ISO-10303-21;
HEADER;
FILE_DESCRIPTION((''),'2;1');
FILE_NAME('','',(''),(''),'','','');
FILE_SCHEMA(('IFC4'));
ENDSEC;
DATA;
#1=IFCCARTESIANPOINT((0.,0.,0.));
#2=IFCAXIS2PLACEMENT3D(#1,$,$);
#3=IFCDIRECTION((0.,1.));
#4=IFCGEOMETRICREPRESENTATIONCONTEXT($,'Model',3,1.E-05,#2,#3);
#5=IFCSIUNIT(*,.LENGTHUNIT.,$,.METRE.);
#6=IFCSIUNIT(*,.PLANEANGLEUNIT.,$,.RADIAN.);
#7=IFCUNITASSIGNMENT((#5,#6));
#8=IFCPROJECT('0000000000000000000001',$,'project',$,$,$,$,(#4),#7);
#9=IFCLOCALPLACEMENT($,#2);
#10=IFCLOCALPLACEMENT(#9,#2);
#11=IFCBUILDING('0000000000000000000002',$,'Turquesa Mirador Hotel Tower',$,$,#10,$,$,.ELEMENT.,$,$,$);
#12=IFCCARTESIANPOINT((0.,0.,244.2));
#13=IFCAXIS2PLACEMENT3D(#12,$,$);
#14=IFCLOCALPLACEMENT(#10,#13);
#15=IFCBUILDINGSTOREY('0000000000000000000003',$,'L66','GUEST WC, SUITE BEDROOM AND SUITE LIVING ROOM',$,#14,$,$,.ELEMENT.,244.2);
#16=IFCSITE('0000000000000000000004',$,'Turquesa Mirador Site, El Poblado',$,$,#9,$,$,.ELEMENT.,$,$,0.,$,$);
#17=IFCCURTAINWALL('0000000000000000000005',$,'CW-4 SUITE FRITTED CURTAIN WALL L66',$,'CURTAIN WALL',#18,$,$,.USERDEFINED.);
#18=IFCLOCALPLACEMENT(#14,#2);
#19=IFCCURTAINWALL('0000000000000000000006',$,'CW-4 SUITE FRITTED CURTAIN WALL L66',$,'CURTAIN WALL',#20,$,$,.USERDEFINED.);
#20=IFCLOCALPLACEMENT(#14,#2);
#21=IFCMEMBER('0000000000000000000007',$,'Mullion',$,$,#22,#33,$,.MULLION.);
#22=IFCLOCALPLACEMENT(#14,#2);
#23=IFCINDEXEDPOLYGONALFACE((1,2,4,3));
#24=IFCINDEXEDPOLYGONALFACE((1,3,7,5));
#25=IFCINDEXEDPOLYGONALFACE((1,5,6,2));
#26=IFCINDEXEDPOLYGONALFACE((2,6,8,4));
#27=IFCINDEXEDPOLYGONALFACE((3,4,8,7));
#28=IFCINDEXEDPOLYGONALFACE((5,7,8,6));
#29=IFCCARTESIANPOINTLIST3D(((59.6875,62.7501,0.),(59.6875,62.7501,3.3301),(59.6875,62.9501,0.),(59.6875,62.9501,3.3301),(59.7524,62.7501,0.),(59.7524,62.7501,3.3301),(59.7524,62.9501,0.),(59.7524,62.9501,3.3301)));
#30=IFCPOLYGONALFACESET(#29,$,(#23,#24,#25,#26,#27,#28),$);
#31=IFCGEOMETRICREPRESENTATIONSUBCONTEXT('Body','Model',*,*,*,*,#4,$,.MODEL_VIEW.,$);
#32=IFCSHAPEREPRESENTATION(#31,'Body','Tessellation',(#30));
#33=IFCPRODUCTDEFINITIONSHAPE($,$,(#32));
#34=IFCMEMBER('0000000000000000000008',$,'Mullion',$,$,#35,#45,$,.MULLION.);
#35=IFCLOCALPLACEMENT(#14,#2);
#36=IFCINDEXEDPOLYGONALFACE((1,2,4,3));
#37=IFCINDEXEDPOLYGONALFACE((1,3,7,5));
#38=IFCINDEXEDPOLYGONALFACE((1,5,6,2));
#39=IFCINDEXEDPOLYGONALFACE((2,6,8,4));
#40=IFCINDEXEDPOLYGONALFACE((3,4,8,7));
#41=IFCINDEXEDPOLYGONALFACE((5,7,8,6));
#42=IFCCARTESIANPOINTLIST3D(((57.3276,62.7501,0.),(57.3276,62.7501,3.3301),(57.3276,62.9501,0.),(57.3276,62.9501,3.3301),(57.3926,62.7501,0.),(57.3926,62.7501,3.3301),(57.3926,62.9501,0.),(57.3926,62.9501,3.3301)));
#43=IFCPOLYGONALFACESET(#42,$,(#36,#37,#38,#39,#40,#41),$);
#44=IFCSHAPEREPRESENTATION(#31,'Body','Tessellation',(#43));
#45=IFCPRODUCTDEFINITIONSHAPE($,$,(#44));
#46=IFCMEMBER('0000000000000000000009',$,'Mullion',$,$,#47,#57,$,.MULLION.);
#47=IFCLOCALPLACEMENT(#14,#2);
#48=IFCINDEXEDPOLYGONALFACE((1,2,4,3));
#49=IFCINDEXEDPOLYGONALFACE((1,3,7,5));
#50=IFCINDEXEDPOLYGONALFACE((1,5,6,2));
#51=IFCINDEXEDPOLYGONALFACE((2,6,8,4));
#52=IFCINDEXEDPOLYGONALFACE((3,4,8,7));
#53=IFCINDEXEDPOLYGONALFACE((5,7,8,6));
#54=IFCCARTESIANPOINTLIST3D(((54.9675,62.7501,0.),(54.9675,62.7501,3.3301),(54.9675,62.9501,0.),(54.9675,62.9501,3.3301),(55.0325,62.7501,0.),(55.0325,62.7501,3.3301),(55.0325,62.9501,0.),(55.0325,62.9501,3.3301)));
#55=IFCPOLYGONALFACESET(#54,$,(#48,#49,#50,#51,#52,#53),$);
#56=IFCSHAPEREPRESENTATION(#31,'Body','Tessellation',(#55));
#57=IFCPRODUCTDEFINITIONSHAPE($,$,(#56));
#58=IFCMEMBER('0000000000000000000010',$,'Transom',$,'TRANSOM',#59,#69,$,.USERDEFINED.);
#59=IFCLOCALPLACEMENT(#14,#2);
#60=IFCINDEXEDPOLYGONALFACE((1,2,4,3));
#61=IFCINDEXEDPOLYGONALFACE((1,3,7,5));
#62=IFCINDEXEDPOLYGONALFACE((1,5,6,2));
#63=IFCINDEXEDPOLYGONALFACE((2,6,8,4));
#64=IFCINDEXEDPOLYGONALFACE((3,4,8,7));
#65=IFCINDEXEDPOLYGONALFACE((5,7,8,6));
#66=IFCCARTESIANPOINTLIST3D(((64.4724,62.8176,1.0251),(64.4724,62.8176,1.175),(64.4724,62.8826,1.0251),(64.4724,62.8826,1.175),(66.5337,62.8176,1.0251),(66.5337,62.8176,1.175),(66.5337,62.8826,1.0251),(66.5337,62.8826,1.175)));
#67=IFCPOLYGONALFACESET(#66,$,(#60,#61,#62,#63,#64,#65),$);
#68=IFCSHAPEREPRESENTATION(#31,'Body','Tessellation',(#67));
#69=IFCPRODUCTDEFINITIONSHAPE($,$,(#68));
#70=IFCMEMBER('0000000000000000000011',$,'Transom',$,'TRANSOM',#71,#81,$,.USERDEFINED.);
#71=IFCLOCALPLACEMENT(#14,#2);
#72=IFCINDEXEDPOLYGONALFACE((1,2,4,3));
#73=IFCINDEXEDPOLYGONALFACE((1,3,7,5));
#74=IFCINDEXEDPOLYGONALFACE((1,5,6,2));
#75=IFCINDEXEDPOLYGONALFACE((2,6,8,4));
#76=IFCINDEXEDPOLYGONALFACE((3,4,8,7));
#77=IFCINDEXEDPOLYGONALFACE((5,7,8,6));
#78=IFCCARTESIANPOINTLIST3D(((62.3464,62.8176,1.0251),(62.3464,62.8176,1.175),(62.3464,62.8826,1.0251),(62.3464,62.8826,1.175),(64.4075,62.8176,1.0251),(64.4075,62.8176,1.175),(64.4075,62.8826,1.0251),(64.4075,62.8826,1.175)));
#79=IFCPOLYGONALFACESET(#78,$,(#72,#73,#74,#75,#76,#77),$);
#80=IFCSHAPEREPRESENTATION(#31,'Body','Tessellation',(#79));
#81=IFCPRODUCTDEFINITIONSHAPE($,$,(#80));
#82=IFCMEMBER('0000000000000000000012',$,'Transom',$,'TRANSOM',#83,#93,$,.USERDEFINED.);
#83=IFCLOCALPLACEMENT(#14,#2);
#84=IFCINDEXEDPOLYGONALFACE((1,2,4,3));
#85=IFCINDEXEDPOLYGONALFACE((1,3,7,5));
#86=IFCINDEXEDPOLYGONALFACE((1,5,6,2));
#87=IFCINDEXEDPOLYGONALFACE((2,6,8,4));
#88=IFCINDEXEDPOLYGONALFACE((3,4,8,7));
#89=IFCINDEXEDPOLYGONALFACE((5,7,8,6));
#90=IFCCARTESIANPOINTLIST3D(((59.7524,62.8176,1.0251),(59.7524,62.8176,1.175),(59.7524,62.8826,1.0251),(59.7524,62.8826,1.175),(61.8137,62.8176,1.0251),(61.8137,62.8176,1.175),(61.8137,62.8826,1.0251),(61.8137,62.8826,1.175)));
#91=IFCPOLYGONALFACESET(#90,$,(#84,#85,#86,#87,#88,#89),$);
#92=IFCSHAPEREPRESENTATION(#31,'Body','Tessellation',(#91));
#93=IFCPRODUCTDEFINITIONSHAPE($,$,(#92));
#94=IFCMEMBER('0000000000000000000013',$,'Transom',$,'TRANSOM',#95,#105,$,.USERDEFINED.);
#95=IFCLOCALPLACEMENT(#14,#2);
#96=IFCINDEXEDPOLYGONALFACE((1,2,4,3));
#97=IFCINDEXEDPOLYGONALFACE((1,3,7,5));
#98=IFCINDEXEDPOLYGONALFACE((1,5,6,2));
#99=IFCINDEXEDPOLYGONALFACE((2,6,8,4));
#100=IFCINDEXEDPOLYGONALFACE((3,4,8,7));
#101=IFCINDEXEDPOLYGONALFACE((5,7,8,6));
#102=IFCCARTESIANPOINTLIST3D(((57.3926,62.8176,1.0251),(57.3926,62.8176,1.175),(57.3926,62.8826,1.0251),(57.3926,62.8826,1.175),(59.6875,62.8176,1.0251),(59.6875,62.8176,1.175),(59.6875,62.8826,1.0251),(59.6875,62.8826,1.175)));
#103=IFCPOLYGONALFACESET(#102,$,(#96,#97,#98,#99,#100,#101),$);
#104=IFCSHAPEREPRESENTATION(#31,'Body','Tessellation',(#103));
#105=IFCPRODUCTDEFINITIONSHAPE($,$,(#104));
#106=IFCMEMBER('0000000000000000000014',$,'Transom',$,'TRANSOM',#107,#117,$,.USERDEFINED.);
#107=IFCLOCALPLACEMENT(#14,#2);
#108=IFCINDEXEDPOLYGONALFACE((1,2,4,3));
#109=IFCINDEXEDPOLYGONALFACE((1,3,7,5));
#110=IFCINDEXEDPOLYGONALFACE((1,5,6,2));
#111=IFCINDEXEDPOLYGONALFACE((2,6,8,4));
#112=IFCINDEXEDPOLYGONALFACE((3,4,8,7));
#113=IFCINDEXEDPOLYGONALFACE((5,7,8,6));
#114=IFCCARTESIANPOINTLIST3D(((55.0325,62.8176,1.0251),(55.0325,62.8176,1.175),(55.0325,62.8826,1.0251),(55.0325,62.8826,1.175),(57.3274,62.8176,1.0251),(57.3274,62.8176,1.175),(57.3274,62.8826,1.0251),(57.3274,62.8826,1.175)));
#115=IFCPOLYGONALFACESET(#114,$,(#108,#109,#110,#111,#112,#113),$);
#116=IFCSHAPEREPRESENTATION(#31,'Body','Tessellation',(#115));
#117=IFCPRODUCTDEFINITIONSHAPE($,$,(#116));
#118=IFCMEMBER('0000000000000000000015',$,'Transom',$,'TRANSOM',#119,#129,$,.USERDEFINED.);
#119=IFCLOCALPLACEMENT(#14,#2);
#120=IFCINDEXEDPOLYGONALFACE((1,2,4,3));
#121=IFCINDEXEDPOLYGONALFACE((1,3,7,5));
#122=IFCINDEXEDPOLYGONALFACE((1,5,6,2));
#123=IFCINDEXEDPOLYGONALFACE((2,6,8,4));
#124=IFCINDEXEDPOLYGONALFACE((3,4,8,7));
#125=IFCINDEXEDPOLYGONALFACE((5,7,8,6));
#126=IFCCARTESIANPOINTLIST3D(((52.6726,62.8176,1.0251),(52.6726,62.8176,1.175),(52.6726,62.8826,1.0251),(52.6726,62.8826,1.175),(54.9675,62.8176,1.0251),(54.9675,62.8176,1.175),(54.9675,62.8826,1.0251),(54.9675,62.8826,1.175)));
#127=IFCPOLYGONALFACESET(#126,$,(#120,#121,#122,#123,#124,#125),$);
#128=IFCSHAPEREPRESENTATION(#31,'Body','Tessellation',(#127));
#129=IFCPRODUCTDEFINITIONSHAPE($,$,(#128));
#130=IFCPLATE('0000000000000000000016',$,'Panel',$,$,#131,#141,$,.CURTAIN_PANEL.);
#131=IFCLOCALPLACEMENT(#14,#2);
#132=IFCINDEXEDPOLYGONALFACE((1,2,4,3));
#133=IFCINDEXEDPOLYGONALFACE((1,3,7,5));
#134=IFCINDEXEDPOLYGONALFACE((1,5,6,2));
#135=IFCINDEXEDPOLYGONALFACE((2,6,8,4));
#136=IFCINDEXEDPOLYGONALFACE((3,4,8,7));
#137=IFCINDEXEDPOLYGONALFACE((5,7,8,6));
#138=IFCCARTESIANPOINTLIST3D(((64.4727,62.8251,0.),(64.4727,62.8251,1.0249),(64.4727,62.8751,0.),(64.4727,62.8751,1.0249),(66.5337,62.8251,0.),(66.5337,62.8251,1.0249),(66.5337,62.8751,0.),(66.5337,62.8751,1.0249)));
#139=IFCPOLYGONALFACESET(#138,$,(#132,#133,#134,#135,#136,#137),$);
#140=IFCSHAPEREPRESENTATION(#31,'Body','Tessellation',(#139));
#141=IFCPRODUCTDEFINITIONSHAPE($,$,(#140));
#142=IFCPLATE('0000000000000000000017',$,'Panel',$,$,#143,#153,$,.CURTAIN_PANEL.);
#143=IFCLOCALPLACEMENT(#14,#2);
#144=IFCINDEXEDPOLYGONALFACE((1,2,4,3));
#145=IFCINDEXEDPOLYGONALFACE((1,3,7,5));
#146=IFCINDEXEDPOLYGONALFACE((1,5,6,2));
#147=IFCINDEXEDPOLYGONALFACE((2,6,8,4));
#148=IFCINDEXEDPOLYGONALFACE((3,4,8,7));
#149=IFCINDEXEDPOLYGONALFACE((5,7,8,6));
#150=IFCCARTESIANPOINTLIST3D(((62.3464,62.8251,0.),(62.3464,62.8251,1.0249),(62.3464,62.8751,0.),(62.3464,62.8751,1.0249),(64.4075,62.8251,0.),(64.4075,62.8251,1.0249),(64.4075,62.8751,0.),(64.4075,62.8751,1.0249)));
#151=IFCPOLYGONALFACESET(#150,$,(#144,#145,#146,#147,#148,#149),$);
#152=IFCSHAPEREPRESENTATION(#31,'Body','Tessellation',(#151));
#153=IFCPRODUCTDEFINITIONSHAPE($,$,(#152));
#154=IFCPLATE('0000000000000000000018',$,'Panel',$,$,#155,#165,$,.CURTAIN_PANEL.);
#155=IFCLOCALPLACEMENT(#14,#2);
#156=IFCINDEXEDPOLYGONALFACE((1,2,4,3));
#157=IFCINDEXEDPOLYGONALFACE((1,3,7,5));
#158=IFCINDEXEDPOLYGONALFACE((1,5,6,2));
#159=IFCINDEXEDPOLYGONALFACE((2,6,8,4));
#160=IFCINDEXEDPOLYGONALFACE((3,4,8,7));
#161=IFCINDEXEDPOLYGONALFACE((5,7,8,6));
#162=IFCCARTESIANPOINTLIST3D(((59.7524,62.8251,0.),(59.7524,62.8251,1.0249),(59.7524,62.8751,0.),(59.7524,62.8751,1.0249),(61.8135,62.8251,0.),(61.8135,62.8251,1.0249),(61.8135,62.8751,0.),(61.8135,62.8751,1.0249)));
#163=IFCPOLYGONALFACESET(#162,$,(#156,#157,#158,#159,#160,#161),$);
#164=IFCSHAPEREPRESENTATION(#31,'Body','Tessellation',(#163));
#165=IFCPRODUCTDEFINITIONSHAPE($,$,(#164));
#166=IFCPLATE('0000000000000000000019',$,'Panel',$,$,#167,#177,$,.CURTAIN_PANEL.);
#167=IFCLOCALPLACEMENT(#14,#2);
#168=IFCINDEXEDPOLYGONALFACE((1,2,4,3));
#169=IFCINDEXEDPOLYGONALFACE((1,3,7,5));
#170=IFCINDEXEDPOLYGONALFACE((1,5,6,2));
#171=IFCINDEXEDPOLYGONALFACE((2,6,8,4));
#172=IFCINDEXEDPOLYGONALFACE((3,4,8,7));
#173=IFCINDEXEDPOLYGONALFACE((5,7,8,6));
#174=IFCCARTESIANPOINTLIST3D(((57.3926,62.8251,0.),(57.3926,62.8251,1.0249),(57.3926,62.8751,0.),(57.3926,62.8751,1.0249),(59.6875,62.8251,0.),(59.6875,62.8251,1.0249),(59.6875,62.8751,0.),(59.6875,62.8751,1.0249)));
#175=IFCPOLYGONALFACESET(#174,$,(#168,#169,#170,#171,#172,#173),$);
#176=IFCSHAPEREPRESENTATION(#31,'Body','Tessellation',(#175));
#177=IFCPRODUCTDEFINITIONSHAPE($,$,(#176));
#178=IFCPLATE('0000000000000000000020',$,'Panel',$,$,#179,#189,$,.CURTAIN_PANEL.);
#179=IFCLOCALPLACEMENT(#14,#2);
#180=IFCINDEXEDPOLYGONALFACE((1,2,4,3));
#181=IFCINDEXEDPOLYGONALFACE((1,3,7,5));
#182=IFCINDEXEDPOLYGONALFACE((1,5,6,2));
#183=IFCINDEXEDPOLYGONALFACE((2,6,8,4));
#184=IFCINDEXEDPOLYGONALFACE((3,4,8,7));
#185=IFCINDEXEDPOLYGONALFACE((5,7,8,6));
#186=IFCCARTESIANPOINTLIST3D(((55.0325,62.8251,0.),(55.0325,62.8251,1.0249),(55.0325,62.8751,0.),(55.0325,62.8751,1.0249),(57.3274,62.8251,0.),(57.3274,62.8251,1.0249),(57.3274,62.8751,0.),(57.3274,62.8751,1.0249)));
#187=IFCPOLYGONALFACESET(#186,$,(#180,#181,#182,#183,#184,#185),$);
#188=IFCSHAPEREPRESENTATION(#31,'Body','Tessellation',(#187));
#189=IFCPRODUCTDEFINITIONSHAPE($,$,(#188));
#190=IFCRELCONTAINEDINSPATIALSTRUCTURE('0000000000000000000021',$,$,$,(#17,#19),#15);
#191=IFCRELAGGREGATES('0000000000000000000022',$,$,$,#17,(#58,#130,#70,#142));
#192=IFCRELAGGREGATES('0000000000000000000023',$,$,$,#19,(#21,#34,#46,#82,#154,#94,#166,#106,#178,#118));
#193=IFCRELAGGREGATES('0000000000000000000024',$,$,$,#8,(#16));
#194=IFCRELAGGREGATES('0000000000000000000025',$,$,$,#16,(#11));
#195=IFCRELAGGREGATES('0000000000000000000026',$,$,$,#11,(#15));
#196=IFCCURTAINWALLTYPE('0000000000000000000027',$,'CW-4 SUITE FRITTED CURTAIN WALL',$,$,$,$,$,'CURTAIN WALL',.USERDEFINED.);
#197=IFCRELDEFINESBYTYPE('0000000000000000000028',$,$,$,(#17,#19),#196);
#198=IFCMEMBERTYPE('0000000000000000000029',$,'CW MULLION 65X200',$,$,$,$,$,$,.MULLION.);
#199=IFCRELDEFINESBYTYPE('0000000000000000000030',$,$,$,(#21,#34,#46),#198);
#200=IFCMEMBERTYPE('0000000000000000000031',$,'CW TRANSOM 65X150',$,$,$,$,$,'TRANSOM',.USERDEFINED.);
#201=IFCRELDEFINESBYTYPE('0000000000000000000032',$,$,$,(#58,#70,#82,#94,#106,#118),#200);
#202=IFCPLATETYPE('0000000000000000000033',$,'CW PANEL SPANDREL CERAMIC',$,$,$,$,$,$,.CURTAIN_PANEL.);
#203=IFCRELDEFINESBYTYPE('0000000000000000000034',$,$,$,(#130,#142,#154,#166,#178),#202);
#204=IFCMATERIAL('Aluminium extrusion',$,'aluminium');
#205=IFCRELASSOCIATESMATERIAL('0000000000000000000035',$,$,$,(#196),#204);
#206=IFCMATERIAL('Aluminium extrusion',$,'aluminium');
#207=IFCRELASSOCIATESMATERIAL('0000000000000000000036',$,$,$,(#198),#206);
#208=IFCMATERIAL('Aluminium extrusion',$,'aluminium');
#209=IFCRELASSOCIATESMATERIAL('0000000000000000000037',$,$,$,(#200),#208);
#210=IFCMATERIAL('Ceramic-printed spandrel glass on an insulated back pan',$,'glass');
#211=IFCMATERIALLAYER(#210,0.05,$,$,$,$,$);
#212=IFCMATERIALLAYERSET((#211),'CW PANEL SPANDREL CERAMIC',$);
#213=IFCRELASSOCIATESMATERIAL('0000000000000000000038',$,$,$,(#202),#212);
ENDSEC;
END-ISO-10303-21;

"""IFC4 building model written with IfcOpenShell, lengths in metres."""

from ifc_helpers import new_model, si_unit, direction, frame, origin, origin_2d, place, context, subcontext, project, spatial, rectangle, extrude, material, layer, layer_set, material_profile, profile_set, type_object, element, aggregate, save


model = new_model("IFC4")

# Units and contexts
model_context = context("Model", 3, precision=1e-05, world=origin(), true_north=direction((0.0, 1.0)))
body_context = subcontext(model_context, "Body", "Model", "MODEL_VIEW")
ifc_project = project(units=[si_unit("LENGTHUNIT", "METRE"), si_unit("PLANEANGLEUNIT", "RADIAN")], contexts=[model_context])

# Site, building, storey
site_placement = place(None, origin())
site = spatial("IfcSite", under=ifc_project, at=site_placement, Name="Turquesa Mirador Site, El Poblado", CompositionType="ELEMENT", RefElevation=0.0)
building_placement = place(site_placement, origin())
building = spatial("IfcBuilding", under=site, at=building_placement, Name="Turquesa Mirador Hotel Tower", CompositionType="ELEMENT")
storey_placement = place(building_placement, frame((0.0, 0.0, 244.2)))
storey = spatial("IfcBuildingStorey", under=building, at=storey_placement, Name="L66", Description="GUEST WC, SUITE BEDROOM AND SUITE LIVING ROOM", CompositionType="ELEMENT", Elevation=244.2)

# Curtain walls, members
ifc_material_1 = material(Name="Aluminium extrusion", Category="aluminium")
curtain_wall_type = type_object("IfcCurtainWallType", Name="CW-4 SUITE FRITTED CURTAIN WALL", ElementType="CURTAIN WALL", PredefinedType="USERDEFINED", material=ifc_material_1)
curtain_wall_1_placement = place(storey_placement, origin())
curtain_wall_1 = element("IfcCurtainWall", 1, at=curtain_wall_1_placement, inside=storey, type_object=curtain_wall_type, Name="CW-4 SUITE FRITTED CURTAIN WALL L66", ObjectType="CURTAIN WALL", PredefinedType="USERDEFINED")
ifc_material_2 = material(Name="Aluminium extrusion", Category="aluminium")
ifc_material_profile_1 = material_profile(ifc_material_2, rectangle(XDim=0.0649, YDim=0.2, at=origin_2d()), Name="MULLION 65X200")
ifc_profile_set_1 = profile_set([ifc_material_profile_1], Name="Aluminium extrusion")
member_type_1 = type_object("IfcMemberType", Name="CW MULLION 65X200", PredefinedType="MULLION", material=ifc_profile_set_1)
curtain_wall_2_placement = place(storey_placement, origin())
curtain_wall_2 = element("IfcCurtainWall", 2, at=curtain_wall_2_placement, inside=storey, type_object=curtain_wall_type, Name="CW-4 SUITE FRITTED CURTAIN WALL L66", ObjectType="CURTAIN WALL", PredefinedType="USERDEFINED")
member_1_placement = place(storey_placement, frame((59.72, 62.8501, 0.0), z_axis=(0.0, 0.0, 1.0), x_axis=(-1.0, 0.0, 0.0)))
member_1 = element("IfcMember", 3, at=member_1_placement, type_object=member_type_1, Name="Mullion", PredefinedType="MULLION", context=body_context, shape_type="SweptSolid", body=[
    extrude(rectangle(XDim=0.0649, YDim=0.2, at=origin_2d()), origin(), (0.0, 0.0, 1.0), 3.3301),
])
member_2_placement = place(storey_placement, frame((57.3601, 62.8501, 0.0), z_axis=(0.0, 0.0, 1.0), x_axis=(-1.0, 0.0, 0.0)))
member_2 = element("IfcMember", 4, at=member_2_placement, type_object=member_type_1, Name="Mullion", PredefinedType="MULLION", context=body_context, shape_type="SweptSolid", body=[
    extrude(rectangle(XDim=0.0649, YDim=0.2, at=origin_2d()), origin(), (0.0, 0.0, 1.0), 3.3301),
])
member_3_placement = place(storey_placement, frame((55.0, 62.8501, 0.0), z_axis=(0.0, 0.0, 1.0), x_axis=(-1.0, 0.0, 0.0)))
member_3 = element("IfcMember", 5, at=member_3_placement, type_object=member_type_1, Name="Mullion", PredefinedType="MULLION", context=body_context, shape_type="SweptSolid", body=[
    extrude(rectangle(XDim=0.0649, YDim=0.2, at=origin_2d()), origin(), (0.0, 0.0, 1.0), 3.3301),
])

# Members
ifc_material_3 = material(Name="Aluminium extrusion", Category="aluminium")
ifc_material_profile_2 = material_profile(ifc_material_3, rectangle(XDim=0.0649, YDim=0.1499, at=origin_2d()), Name="TRANSOM 65X150")
ifc_profile_set_2 = profile_set([ifc_material_profile_2], Name="Aluminium extrusion")
member_type_2 = type_object("IfcMemberType", Name="CW TRANSOM 65X150", ElementType="TRANSOM", PredefinedType="USERDEFINED", material=ifc_profile_set_2)
member_4_placement = place(storey_placement, frame((66.5337, 62.8501, 1.1001), z_axis=(-1.0, 0.0, 0.0), x_axis=(0.0, -1.0, 0.0)))
member_4 = element("IfcMember", 6, at=member_4_placement, type_object=member_type_2, Name="Transom", ObjectType="TRANSOM", PredefinedType="USERDEFINED", context=body_context, shape_type="SweptSolid", body=[
    extrude(rectangle(XDim=0.0649, YDim=0.1499, at=origin_2d()), origin(), (0.0, 0.0, 1.0), 2.0613),
])
member_5_placement = place(storey_placement, frame((64.4075, 62.8501, 1.1001), z_axis=(-1.0, 0.0, 0.0), x_axis=(0.0, -1.0, 0.0)))
member_5 = element("IfcMember", 7, at=member_5_placement, type_object=member_type_2, Name="Transom", ObjectType="TRANSOM", PredefinedType="USERDEFINED", context=body_context, shape_type="SweptSolid", body=[
    extrude(rectangle(XDim=0.0649, YDim=0.1499, at=origin_2d()), origin(), (0.0, 0.0, 1.0), 2.061),
])
member_6_placement = place(storey_placement, frame((61.8137, 62.8501, 1.1001), z_axis=(-1.0, 0.0, 0.0), x_axis=(0.0, -1.0, 0.0)))
member_6 = element("IfcMember", 8, at=member_6_placement, type_object=member_type_2, Name="Transom", ObjectType="TRANSOM", PredefinedType="USERDEFINED", context=body_context, shape_type="SweptSolid", body=[
    extrude(rectangle(XDim=0.0649, YDim=0.1499, at=origin_2d()), origin(), (0.0, 0.0, 1.0), 2.0613),
])
member_7_placement = place(storey_placement, frame((59.6875, 62.8501, 1.1001), z_axis=(-1.0, 0.0, 0.0), x_axis=(0.0, -1.0, 0.0)))
member_7 = element("IfcMember", 9, at=member_7_placement, type_object=member_type_2, Name="Transom", ObjectType="TRANSOM", PredefinedType="USERDEFINED", context=body_context, shape_type="SweptSolid", body=[
    extrude(rectangle(XDim=0.0649, YDim=0.1499, at=origin_2d()), origin(), (0.0, 0.0, 1.0), 2.2949),
])
member_8_placement = place(storey_placement, frame((57.3274, 62.8501, 1.1001), z_axis=(-1.0, 0.0, 0.0), x_axis=(0.0, -1.0, 0.0)))
member_8 = element("IfcMember", 10, at=member_8_placement, type_object=member_type_2, Name="Transom", ObjectType="TRANSOM", PredefinedType="USERDEFINED", context=body_context, shape_type="SweptSolid", body=[
    extrude(rectangle(XDim=0.0649, YDim=0.1499, at=origin_2d()), origin(), (0.0, 0.0, 1.0), 2.2949),
])
member_9_placement = place(storey_placement, frame((54.9675, 62.8501, 1.1001), z_axis=(-1.0, 0.0, 0.0), x_axis=(0.0, -1.0, 0.0)))
member_9 = element("IfcMember", 11, at=member_9_placement, type_object=member_type_2, Name="Transom", ObjectType="TRANSOM", PredefinedType="USERDEFINED", context=body_context, shape_type="SweptSolid", body=[
    extrude(rectangle(XDim=0.0649, YDim=0.1499, at=origin_2d()), origin(), (0.0, 0.0, 1.0), 2.2949),
])

# Plates
ifc_material_4 = material(Name="Ceramic-printed spandrel glass on an insulated back pan", Category="glass")
ifc_layer_1 = layer(ifc_material_4, 0.05)
ifc_layer_set_1 = layer_set([ifc_layer_1], Name="CW PANEL SPANDREL CERAMIC")
plate_type_1 = type_object("IfcPlateType", Name="CW PANEL SPANDREL CERAMIC", PredefinedType="CURTAIN_PANEL", material=ifc_layer_set_1)
plate_1_placement = place(storey_placement, frame((65.5032, 62.8501, 0.0), z_axis=(0.0, 0.0, 1.0), x_axis=(-1.0, 0.0, 0.0)))
plate_1 = element("IfcPlate", 12, at=plate_1_placement, type_object=plate_type_1, Name="Panel", PredefinedType="CURTAIN_PANEL", context=body_context, shape_type="SweptSolid", body=[
    extrude(rectangle(XDim=2.061, YDim=0.05, at=origin_2d()), origin(), (0.0, 0.0, 1.0), 1.0249),
])
plate_2_placement = place(storey_placement, frame((63.377, 62.8501, 0.0), z_axis=(0.0, 0.0, 1.0), x_axis=(-1.0, 0.0, 0.0)))
plate_2 = element("IfcPlate", 13, at=plate_2_placement, type_object=plate_type_1, Name="Panel", PredefinedType="CURTAIN_PANEL", context=body_context, shape_type="SweptSolid", body=[
    extrude(rectangle(XDim=2.061, YDim=0.05, at=origin_2d()), origin(), (0.0, 0.0, 1.0), 1.0249),
])
plate_3_placement = place(storey_placement, frame((60.783, 62.8501, 0.0), z_axis=(0.0, 0.0, 1.0), x_axis=(-1.0, 0.0, 0.0)))
plate_3 = element("IfcPlate", 14, at=plate_3_placement, type_object=plate_type_1, Name="Panel", PredefinedType="CURTAIN_PANEL", context=body_context, shape_type="SweptSolid", body=[
    extrude(rectangle(XDim=2.061, YDim=0.05, at=origin_2d()), origin(), (0.0, 0.0, 1.0), 1.0249),
])
plate_4_placement = place(storey_placement, frame((58.54, 62.8501, 0.0), z_axis=(0.0, 0.0, 1.0), x_axis=(-1.0, 0.0, 0.0)))
plate_4 = element("IfcPlate", 15, at=plate_4_placement, type_object=plate_type_1, Name="Panel", PredefinedType="CURTAIN_PANEL", context=body_context, shape_type="SweptSolid", body=[
    extrude(rectangle(XDim=2.2949, YDim=0.05, at=origin_2d()), origin(), (0.0, 0.0, 1.0), 1.0249),
])
plate_5_placement = place(storey_placement, frame((56.1799, 62.8501, 0.0), z_axis=(0.0, 0.0, 1.0), x_axis=(-1.0, 0.0, 0.0)))
plate_5 = element("IfcPlate", 16, at=plate_5_placement, type_object=plate_type_1, Name="Panel", PredefinedType="CURTAIN_PANEL", context=body_context, shape_type="SweptSolid", body=[
    extrude(rectangle(XDim=2.2949, YDim=0.05, at=origin_2d()), origin(), (0.0, 0.0, 1.0), 1.0249),
])
aggregate(curtain_wall_1, [member_4, plate_1, member_5, plate_2])
aggregate(curtain_wall_2, [member_1, member_2, member_3, member_6, plate_3, member_7, plate_4, member_8, plate_5, member_9])

save(model, "model.ifc")
